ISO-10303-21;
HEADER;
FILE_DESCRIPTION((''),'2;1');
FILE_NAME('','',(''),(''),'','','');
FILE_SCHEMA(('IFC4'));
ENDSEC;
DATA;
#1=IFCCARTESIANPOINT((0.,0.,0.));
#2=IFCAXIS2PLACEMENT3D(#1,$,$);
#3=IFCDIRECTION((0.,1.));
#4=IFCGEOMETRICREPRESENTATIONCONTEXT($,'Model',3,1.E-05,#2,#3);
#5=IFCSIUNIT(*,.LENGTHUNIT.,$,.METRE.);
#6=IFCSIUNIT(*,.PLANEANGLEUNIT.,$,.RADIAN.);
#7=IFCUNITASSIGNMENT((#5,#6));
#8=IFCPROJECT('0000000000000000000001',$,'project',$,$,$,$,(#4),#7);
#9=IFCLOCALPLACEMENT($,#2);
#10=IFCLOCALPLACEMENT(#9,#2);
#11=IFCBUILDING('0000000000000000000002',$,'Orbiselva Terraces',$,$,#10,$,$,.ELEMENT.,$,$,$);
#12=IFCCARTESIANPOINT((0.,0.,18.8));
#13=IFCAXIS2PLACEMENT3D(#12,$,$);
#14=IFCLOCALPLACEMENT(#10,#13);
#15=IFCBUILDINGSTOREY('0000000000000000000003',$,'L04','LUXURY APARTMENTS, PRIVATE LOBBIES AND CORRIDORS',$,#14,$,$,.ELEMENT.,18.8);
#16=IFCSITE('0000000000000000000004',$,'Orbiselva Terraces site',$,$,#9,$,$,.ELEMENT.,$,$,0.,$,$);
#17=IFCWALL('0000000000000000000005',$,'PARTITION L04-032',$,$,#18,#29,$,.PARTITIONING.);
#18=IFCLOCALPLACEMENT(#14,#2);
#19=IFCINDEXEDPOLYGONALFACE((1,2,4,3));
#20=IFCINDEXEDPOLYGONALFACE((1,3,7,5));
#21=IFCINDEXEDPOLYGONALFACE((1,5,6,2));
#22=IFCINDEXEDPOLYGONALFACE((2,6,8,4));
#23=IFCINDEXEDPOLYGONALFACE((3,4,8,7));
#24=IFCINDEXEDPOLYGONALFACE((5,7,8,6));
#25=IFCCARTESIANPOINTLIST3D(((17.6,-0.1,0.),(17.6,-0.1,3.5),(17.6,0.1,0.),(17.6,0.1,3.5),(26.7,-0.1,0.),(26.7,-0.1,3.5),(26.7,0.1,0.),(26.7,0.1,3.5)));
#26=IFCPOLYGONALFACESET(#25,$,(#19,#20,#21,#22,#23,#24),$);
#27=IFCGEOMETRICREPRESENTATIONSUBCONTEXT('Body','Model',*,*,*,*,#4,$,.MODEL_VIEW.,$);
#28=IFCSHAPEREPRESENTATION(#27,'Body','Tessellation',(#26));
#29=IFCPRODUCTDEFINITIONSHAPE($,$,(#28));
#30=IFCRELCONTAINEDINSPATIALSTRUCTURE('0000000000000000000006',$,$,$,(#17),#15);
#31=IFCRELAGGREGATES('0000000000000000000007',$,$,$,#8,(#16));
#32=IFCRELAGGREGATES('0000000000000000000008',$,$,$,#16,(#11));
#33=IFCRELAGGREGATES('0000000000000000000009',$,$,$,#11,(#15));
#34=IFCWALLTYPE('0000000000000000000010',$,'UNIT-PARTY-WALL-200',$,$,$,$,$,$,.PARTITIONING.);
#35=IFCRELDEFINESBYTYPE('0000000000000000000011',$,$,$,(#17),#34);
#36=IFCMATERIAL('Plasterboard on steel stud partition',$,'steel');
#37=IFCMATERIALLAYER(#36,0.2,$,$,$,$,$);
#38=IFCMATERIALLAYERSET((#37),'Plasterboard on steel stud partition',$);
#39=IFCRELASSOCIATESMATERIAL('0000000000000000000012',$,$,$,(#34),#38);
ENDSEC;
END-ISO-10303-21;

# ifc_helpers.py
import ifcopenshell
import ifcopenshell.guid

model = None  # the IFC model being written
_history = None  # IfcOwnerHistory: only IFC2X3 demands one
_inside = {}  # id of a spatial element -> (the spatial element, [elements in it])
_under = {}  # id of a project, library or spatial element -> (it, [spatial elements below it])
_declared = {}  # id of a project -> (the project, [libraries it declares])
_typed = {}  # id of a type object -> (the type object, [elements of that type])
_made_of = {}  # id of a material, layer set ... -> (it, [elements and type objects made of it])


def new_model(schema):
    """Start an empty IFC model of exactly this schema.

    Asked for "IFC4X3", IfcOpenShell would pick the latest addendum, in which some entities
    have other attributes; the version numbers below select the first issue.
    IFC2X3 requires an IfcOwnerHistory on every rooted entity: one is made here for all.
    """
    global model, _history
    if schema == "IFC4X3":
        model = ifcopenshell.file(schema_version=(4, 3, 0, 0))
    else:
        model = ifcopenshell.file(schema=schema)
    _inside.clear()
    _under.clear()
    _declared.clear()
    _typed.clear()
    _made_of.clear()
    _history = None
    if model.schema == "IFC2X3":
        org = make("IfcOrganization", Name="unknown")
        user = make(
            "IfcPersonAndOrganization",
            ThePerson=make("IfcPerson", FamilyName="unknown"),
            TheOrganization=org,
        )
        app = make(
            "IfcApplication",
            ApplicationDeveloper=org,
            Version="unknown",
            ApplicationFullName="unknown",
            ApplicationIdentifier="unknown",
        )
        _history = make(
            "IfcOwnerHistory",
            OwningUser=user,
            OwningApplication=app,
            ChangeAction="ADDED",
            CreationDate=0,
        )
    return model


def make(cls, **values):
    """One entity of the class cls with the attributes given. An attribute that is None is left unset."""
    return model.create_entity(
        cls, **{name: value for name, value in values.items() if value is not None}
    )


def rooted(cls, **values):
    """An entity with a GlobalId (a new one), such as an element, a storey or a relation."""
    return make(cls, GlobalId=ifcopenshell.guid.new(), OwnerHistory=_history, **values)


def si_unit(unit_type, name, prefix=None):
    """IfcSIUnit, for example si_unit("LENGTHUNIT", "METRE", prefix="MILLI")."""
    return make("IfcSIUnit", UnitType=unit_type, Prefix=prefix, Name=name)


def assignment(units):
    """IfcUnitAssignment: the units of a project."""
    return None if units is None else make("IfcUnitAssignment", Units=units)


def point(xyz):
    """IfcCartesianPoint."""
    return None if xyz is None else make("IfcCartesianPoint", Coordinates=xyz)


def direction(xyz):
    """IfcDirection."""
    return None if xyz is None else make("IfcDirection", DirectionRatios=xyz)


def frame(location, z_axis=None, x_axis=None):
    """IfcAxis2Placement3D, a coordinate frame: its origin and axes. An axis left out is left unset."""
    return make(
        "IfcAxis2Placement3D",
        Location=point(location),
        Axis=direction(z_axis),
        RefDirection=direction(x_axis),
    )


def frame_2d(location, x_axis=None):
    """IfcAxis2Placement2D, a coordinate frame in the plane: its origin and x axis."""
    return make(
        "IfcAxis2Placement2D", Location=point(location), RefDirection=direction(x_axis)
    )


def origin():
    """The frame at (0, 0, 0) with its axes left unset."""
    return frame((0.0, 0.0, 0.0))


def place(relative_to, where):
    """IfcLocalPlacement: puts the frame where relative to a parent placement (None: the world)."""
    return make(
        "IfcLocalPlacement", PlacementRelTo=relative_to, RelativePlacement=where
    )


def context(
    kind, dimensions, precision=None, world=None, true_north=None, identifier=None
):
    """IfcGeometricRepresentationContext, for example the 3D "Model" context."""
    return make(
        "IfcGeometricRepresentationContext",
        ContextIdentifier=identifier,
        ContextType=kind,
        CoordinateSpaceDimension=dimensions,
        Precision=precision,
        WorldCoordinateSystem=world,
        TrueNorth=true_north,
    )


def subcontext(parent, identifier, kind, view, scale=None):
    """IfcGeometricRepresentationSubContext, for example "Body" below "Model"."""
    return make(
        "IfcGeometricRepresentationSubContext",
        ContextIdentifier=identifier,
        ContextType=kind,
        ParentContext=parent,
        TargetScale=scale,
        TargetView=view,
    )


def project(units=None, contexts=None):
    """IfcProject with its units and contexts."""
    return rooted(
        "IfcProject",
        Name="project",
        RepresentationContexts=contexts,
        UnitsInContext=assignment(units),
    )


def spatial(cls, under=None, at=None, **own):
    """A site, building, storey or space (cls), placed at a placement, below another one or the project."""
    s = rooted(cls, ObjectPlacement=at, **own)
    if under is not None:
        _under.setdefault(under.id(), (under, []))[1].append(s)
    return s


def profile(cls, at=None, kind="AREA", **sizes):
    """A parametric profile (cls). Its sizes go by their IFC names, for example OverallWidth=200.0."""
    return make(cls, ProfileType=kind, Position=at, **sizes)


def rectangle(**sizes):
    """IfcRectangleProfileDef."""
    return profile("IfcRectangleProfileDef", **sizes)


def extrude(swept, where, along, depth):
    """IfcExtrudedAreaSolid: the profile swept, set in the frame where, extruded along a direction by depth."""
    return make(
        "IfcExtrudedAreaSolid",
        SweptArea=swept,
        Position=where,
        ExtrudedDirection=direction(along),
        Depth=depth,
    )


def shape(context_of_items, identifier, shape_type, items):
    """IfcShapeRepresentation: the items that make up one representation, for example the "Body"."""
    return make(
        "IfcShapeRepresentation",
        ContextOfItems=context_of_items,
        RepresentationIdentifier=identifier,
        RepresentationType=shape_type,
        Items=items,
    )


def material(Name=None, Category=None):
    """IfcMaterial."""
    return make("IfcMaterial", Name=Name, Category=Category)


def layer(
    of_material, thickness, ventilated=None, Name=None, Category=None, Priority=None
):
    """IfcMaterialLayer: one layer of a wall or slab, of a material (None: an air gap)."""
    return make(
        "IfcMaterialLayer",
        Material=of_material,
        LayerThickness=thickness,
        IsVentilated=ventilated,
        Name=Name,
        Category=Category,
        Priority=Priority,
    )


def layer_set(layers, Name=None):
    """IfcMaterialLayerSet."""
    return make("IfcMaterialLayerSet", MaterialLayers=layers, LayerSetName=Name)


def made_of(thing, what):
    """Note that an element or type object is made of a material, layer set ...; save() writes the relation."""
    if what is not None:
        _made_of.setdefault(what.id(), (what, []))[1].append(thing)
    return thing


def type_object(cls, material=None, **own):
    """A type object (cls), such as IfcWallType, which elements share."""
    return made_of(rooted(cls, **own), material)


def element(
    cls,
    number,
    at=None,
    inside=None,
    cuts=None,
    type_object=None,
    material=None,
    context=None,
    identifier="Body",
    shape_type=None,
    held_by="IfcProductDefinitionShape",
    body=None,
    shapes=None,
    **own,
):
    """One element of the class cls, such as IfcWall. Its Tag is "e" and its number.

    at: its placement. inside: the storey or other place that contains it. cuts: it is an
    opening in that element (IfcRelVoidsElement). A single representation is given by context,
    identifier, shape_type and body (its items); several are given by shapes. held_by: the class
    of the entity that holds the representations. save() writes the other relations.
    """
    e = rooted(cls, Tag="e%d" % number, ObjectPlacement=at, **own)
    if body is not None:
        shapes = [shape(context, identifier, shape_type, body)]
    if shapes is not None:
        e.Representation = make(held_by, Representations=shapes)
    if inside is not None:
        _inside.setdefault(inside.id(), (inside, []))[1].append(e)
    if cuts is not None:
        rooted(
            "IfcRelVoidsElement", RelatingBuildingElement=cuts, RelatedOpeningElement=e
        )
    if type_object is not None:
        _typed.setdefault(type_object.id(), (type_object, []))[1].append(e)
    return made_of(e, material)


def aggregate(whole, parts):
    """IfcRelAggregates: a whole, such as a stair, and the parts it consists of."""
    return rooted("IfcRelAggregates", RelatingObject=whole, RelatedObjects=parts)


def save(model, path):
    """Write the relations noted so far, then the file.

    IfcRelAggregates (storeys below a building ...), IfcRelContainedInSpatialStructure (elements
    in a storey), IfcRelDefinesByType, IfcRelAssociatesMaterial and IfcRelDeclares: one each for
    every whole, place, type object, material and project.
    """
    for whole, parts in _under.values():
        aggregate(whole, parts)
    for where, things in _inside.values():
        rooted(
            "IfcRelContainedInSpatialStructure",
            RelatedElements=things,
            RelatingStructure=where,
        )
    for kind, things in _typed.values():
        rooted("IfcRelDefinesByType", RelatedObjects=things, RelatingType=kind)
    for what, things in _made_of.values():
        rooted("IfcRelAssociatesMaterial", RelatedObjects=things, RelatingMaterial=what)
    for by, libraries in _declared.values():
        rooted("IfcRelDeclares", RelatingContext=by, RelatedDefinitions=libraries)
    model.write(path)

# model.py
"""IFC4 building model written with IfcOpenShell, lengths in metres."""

from ifc_helpers import new_model, si_unit, direction, frame, frame_2d, origin, place, context, subcontext, project, spatial, rectangle, extrude, material, layer, layer_set, type_object, element, save


model = new_model("IFC4")

# Units and contexts
model_context = context("Model", 3, precision=1e-05, world=origin(), true_north=direction((0.0, 1.0)))
body_context = subcontext(model_context, "Body", "Model", "MODEL_VIEW")
ifc_project = project(units=[si_unit("LENGTHUNIT", "METRE"), si_unit("PLANEANGLEUNIT", "RADIAN")], contexts=[model_context])

# Site, building, storey
site_placement = place(None, origin())
site = spatial("IfcSite", under=ifc_project, at=site_placement, Name="Orbiselva Terraces site", CompositionType="ELEMENT", RefElevation=0.0)
building_placement = place(site_placement, origin())
building = spatial("IfcBuilding", under=site, at=building_placement, Name="Orbiselva Terraces", CompositionType="ELEMENT")
storey_placement = place(building_placement, frame((0.0, 0.0, 18.8)))
storey = spatial("IfcBuildingStorey", under=building, at=storey_placement, Name="L04", Description="LUXURY APARTMENTS, PRIVATE LOBBIES AND CORRIDORS", CompositionType="ELEMENT", Elevation=18.8)

# Shared definitions
ifc_material_1 = material(Name="Plasterboard on steel stud partition", Category="steel")

# Wall
ifc_layer_1 = layer(ifc_material_1, 0.2)
ifc_layer_set_1 = layer_set([ifc_layer_1], Name="Plasterboard on steel stud partition")
wall_type_1 = type_object("IfcWallType", Name="UNIT-PARTY-WALL-200", PredefinedType="PARTITIONING", material=ifc_layer_set_1)
wall_1_placement = place(storey_placement, frame((17.6, 0.0, 0.0), z_axis=(0.0, 0.0, 1.0), x_axis=(1.0, 0.0, 0.0)))
element("IfcWall", 1, at=wall_1_placement, inside=storey, type_object=wall_type_1, Name="PARTITION L04-032", PredefinedType="PARTITIONING", context=body_context, shape_type="SweptSolid", body=[
    extrude(rectangle(XDim=9.1, YDim=0.2, at=frame_2d((4.55, 0.0))), origin(), (0.0, 0.0, 1.0), 3.5),
])

save(model, "model.ifc")
